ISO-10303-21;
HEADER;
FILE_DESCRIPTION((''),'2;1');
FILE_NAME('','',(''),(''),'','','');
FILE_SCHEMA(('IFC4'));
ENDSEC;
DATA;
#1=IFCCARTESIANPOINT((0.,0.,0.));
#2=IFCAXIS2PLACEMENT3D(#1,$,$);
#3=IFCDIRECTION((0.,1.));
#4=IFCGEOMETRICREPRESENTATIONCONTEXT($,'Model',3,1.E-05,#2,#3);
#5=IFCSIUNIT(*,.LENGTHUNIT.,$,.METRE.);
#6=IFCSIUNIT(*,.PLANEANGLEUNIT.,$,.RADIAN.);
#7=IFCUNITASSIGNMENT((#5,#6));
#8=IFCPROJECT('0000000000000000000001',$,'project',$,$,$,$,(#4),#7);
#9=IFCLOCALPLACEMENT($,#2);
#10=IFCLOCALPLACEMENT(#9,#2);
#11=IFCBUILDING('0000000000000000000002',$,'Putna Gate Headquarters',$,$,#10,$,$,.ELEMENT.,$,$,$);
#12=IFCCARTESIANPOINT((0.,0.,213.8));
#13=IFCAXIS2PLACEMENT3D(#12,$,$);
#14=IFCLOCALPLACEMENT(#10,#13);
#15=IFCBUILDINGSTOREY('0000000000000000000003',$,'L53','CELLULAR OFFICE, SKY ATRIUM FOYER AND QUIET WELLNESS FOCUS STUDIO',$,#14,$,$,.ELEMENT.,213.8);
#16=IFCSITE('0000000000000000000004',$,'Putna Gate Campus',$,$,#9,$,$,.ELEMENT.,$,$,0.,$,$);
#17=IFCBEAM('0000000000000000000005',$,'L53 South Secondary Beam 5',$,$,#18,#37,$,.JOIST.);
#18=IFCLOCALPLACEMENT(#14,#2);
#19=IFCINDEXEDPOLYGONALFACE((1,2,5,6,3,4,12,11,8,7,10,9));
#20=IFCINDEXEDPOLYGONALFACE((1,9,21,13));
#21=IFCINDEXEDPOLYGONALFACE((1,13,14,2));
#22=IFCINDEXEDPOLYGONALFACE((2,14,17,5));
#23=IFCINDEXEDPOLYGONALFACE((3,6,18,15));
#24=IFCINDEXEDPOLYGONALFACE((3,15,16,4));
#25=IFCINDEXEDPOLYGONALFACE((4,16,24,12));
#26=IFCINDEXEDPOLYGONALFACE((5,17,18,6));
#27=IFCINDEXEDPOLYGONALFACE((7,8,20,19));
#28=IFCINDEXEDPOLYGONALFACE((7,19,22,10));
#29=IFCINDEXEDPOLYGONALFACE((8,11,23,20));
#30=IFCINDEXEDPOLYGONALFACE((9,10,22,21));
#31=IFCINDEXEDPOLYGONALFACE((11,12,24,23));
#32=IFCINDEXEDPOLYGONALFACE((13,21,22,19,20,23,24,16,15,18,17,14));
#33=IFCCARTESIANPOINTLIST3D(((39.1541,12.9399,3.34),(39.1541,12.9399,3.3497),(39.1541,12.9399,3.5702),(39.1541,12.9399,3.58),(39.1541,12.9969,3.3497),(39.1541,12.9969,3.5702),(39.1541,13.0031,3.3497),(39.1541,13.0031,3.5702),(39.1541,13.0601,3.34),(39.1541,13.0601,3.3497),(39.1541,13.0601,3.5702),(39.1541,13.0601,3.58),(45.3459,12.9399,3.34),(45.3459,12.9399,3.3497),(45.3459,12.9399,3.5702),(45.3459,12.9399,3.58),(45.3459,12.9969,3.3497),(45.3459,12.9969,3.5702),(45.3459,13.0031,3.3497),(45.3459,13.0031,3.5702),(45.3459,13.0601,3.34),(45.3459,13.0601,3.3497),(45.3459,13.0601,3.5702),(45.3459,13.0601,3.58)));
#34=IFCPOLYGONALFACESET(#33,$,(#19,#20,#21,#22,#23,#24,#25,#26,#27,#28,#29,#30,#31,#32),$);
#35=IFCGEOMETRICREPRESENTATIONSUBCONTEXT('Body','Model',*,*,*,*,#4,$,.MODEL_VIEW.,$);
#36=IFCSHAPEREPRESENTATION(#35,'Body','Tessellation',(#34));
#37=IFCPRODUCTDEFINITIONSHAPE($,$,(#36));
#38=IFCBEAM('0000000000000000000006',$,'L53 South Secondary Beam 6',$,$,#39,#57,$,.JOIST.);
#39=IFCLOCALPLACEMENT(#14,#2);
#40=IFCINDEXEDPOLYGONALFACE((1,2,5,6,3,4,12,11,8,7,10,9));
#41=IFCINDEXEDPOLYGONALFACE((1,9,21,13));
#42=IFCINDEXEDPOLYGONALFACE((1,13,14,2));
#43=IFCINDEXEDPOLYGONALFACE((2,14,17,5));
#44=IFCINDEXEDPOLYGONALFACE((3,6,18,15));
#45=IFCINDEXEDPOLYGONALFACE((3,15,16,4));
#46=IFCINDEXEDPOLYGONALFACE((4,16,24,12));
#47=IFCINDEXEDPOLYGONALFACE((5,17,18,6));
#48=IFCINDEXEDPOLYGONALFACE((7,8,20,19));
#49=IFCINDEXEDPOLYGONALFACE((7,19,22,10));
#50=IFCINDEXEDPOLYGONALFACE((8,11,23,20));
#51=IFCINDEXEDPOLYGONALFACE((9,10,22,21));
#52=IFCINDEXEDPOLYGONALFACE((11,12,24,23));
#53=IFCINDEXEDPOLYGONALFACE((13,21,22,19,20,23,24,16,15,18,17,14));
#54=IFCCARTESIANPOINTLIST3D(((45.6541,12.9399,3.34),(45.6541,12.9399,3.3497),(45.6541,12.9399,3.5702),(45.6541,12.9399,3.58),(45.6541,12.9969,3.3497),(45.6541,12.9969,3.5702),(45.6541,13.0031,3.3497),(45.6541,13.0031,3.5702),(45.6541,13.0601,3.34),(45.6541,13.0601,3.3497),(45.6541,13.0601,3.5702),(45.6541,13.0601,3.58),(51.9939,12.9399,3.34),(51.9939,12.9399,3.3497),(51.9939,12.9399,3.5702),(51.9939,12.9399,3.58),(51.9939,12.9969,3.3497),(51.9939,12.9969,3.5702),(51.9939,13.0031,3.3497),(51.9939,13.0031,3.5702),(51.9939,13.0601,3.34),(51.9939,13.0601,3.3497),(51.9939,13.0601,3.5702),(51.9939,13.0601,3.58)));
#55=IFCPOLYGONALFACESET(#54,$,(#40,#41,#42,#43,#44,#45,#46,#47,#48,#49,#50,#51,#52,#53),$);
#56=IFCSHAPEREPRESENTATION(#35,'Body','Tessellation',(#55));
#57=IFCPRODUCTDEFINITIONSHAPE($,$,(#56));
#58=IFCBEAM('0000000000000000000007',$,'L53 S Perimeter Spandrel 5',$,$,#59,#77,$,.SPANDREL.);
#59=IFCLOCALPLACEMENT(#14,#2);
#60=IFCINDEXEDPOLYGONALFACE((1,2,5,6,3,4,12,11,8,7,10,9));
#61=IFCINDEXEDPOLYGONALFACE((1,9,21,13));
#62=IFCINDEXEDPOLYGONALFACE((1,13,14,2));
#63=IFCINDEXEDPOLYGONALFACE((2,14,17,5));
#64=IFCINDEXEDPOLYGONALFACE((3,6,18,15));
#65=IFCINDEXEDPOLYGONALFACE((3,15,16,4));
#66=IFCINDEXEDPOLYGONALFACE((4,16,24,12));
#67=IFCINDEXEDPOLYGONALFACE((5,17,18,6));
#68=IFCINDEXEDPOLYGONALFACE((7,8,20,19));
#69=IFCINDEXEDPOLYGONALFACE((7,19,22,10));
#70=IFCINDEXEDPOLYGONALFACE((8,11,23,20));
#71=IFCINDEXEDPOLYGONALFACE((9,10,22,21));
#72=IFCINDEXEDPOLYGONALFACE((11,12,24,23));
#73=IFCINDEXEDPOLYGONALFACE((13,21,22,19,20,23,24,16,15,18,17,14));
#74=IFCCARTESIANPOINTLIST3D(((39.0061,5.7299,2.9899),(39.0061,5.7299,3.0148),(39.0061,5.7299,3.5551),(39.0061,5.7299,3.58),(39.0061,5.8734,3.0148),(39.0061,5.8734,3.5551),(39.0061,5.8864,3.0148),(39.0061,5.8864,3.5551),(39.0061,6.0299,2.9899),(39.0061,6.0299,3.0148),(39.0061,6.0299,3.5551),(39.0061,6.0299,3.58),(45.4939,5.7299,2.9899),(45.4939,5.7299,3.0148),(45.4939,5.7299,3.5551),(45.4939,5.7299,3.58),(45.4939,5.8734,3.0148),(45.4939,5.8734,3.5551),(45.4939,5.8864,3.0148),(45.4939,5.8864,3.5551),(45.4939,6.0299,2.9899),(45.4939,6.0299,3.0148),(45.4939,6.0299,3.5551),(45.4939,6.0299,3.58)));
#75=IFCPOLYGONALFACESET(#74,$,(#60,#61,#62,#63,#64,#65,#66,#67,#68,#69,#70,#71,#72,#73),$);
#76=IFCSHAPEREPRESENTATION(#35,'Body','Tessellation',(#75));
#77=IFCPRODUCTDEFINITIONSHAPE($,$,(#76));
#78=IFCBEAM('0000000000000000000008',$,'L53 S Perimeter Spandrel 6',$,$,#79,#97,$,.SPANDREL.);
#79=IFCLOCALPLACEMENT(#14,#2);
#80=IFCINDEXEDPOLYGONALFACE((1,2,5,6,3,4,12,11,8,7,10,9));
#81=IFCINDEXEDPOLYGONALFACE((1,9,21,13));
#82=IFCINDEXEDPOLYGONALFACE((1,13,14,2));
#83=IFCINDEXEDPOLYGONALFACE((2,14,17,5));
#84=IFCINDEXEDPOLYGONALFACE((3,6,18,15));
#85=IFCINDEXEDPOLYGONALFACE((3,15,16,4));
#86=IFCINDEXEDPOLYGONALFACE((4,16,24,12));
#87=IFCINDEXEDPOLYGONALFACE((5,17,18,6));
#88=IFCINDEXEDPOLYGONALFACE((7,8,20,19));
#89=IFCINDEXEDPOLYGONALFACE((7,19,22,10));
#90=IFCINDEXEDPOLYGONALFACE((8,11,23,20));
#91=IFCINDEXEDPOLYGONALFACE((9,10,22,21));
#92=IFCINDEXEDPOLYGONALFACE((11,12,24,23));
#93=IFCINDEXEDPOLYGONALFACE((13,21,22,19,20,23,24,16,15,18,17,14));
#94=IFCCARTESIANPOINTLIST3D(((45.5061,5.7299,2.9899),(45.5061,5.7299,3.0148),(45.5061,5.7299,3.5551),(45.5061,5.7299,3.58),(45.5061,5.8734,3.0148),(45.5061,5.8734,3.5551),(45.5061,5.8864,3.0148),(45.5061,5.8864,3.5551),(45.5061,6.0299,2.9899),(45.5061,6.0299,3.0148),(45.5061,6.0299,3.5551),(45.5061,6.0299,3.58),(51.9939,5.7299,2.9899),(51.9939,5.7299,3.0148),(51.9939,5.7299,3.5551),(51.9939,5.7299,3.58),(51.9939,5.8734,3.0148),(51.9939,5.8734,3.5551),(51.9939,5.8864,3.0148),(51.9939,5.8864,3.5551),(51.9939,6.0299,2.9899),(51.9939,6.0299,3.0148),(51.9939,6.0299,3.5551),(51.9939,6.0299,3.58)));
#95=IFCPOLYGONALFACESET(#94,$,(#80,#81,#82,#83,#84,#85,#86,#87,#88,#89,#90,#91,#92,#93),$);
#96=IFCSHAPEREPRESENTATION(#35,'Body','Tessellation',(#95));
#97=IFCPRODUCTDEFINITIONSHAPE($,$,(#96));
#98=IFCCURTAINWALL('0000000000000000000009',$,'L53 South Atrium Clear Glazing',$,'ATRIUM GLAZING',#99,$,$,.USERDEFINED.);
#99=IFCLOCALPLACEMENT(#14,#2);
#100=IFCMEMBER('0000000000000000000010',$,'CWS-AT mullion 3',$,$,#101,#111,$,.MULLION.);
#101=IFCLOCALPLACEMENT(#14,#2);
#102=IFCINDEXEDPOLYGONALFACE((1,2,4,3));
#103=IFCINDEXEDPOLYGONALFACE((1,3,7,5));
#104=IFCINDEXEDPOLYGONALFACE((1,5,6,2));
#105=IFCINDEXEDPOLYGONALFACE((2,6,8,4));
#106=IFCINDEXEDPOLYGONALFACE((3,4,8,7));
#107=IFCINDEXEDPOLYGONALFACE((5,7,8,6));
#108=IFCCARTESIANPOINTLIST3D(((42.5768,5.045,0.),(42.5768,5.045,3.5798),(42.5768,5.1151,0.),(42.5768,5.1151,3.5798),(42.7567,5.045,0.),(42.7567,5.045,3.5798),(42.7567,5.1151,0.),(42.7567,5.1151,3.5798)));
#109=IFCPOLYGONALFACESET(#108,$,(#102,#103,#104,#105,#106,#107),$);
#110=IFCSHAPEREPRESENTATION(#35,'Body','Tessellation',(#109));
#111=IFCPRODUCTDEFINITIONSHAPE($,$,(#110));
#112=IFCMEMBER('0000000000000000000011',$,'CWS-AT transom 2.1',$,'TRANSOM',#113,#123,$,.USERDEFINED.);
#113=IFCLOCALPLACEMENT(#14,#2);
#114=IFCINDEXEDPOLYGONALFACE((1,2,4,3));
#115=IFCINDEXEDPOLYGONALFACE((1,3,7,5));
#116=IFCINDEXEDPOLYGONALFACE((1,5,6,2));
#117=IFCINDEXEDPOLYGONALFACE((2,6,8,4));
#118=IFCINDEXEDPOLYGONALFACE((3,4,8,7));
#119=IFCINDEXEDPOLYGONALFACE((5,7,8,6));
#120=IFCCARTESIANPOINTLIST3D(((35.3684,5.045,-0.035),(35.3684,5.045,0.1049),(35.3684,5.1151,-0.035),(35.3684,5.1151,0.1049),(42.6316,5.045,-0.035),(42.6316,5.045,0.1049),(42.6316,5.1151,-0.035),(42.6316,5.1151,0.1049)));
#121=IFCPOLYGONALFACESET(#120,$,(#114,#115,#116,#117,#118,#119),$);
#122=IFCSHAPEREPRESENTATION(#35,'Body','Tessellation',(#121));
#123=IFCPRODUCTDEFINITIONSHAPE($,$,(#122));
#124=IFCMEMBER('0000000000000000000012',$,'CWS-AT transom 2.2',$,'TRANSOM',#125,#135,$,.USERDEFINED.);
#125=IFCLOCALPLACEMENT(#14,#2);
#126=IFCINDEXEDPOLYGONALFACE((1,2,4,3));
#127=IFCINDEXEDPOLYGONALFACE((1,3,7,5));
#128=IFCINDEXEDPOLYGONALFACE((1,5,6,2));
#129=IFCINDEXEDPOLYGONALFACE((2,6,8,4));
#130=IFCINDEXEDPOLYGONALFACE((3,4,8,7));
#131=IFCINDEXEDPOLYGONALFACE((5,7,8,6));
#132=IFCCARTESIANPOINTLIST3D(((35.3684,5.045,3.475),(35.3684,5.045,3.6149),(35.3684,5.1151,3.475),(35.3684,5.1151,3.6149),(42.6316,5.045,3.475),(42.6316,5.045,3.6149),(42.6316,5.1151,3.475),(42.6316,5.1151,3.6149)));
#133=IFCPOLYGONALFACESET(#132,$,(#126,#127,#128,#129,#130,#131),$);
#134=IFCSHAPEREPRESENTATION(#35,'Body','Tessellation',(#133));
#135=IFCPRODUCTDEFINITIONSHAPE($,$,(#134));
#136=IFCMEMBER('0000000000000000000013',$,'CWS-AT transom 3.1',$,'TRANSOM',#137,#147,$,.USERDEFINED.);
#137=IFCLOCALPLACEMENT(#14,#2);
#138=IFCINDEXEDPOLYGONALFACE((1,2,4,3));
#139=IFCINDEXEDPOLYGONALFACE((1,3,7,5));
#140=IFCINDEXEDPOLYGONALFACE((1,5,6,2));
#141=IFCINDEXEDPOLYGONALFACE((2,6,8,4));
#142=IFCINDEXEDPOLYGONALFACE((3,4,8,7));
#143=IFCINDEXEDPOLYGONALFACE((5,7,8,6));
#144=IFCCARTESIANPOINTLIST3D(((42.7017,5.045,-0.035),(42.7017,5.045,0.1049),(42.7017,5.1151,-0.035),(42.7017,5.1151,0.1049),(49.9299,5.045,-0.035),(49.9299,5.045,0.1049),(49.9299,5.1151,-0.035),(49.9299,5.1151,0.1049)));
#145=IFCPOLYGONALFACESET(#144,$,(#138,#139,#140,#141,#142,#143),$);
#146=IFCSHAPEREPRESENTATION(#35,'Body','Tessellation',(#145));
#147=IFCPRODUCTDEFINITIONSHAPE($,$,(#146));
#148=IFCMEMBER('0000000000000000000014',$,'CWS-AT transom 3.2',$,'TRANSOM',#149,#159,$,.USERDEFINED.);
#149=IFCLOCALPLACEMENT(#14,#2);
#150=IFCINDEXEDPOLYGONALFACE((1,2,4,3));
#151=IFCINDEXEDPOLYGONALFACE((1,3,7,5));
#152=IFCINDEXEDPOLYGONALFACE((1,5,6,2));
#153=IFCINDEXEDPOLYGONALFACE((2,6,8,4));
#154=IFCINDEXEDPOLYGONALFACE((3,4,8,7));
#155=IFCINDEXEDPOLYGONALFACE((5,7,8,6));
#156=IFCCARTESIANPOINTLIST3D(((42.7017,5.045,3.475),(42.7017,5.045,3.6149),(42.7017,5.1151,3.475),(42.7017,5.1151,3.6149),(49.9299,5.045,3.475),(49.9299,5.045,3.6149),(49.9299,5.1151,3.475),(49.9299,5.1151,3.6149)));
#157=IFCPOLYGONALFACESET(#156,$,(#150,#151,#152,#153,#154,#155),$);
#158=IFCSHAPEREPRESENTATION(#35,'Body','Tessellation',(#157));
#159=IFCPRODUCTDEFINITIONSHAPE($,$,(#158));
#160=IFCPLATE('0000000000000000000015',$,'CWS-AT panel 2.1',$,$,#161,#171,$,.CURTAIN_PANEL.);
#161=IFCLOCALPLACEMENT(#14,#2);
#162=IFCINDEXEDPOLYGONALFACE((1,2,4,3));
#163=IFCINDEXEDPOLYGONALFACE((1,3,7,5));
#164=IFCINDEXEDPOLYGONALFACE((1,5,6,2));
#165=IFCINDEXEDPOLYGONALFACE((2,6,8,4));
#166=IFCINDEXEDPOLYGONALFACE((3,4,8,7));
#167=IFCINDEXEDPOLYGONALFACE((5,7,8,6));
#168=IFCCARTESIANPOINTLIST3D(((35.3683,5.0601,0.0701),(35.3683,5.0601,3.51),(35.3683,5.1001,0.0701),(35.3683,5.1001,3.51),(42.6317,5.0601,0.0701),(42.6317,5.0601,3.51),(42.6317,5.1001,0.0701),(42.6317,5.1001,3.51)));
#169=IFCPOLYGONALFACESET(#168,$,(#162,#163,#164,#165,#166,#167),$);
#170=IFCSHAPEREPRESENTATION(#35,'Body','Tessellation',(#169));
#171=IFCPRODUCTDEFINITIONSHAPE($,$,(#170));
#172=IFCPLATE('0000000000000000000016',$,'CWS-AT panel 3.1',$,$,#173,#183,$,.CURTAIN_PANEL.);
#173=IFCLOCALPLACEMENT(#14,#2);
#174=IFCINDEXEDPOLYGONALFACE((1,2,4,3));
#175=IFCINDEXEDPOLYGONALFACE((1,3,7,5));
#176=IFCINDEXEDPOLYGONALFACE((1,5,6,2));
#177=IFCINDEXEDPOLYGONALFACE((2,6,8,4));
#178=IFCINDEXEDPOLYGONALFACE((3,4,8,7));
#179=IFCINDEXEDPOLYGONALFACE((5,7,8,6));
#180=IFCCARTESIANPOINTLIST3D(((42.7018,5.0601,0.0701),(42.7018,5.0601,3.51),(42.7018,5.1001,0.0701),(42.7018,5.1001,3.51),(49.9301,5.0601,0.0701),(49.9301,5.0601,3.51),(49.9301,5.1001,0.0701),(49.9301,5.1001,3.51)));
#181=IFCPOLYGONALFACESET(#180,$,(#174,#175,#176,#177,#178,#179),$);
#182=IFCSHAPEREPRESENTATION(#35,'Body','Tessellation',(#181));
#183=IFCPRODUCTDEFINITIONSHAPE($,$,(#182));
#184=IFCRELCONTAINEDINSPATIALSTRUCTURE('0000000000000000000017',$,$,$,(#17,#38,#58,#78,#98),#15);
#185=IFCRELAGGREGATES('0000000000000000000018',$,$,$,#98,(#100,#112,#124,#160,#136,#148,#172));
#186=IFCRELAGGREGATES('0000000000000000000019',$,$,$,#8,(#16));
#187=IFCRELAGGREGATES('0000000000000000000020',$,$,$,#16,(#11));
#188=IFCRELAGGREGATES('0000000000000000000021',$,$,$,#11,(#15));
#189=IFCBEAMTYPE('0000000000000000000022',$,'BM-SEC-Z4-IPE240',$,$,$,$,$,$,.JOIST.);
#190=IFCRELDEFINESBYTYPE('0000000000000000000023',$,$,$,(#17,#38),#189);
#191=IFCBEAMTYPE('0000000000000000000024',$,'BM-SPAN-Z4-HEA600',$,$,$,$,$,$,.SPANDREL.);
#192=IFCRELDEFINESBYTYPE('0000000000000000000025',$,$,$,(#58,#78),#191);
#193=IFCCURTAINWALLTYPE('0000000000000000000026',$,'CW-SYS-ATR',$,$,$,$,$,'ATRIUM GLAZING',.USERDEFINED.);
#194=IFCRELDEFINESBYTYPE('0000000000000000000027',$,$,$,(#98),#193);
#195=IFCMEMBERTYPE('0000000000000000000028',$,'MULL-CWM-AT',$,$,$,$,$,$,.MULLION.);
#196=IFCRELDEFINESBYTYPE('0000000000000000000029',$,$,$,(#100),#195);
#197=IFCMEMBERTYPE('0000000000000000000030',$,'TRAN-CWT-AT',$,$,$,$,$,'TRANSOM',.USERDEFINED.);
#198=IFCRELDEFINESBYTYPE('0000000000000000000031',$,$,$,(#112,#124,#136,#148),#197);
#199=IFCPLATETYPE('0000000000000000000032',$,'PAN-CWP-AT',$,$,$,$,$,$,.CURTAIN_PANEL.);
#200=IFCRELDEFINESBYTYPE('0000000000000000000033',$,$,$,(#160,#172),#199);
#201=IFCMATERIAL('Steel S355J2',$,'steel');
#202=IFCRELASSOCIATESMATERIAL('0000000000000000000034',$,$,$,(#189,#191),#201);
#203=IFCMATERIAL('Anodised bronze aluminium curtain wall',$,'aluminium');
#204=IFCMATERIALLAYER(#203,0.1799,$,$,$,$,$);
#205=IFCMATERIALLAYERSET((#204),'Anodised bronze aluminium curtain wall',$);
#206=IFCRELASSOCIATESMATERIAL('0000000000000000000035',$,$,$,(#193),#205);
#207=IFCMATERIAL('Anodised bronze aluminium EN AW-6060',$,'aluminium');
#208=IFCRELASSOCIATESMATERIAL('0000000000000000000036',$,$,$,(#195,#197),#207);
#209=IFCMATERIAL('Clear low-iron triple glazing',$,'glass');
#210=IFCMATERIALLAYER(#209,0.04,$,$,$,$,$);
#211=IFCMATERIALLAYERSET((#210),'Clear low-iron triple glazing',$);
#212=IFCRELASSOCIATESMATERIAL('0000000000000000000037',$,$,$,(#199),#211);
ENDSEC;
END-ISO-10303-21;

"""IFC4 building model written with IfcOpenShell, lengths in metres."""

from ifc_helpers import new_model, si_unit, direction, frame, origin, origin_2d, place, context, subcontext, project, spatial, rectangle, i_section, extrude, material, layer, layer_set, material_profile, profile_set, type_object, element, aggregate, save


model = new_model("IFC4")

# Units and contexts
model_context = context("Model", 3, precision=1e-05, world=origin(), true_north=direction((0.0, 1.0)))
body_context = subcontext(model_context, "Body", "Model", "MODEL_VIEW")
ifc_project = project(units=[si_unit("LENGTHUNIT", "METRE"), si_unit("PLANEANGLEUNIT", "RADIAN")], contexts=[model_context])

# Site, building, storey
site_placement = place(None, origin())
site = spatial("IfcSite", under=ifc_project, at=site_placement, Name="Putna Gate Campus", CompositionType="ELEMENT", RefElevation=0.0)
building_placement = place(site_placement, origin())
building = spatial("IfcBuilding", under=site, at=building_placement, Name="Putna Gate Headquarters", CompositionType="ELEMENT")
storey_placement = place(building_placement, frame((0.0, 0.0, 213.8)))
storey = spatial("IfcBuildingStorey", under=building, at=storey_placement, Name="L53", Description="CELLULAR OFFICE, SKY ATRIUM FOYER AND QUIET WELLNESS FOCUS STUDIO", CompositionType="ELEMENT", Elevation=213.8)

# Beams
ifc_material_1 = material(Name="Steel S355J2", Category="steel")
ifc_material_profile_1 = material_profile(ifc_material_1, i_section(OverallWidth=0.1201, OverallDepth=0.24, WebThickness=0.0061, FlangeThickness=0.0098, at=origin_2d()), Name="Steel S355J2")
ifc_profile_set_1 = profile_set([ifc_material_profile_1], Name="Steel S355J2")
beam_type_1 = type_object("IfcBeamType", Name="BM-SEC-Z4-IPE240", PredefinedType="JOIST", material=ifc_profile_set_1)
beam_1_placement = place(storey_placement, frame((39.1541, 13.0, 3.46), z_axis=(1.0, 0.0, 0.0), x_axis=(0.0, 1.0, 0.0)))
element("IfcBeam", 1, at=beam_1_placement, inside=storey, type_object=beam_type_1, Name="L53 South Secondary Beam 5", PredefinedType="JOIST", context=body_context, shape_type="SweptSolid", body=[
    extrude(i_section(OverallWidth=0.1201, OverallDepth=0.24, WebThickness=0.0061, FlangeThickness=0.0098, at=origin_2d()), origin(), (0.0, 0.0, 1.0), 6.1919),
])
beam_2_placement = place(storey_placement, frame((45.6541, 13.0, 3.46), z_axis=(1.0, 0.0, 0.0), x_axis=(0.0, 1.0, 0.0)))
element("IfcBeam", 2, at=beam_2_placement, inside=storey, type_object=beam_type_1, Name="L53 South Secondary Beam 6", PredefinedType="JOIST", context=body_context, shape_type="SweptSolid", body=[
    extrude(i_section(OverallWidth=0.1201, OverallDepth=0.24, WebThickness=0.0061, FlangeThickness=0.0098, at=origin_2d()), origin(), (0.0, 0.0, 1.0), 6.3398),
])
ifc_material_profile_2 = material_profile(ifc_material_1, i_section(OverallWidth=0.3, OverallDepth=0.5901, WebThickness=0.0129, FlangeThickness=0.0249, at=origin_2d()), Name="Steel S355J2")
ifc_profile_set_2 = profile_set([ifc_material_profile_2], Name="Steel S355J2")
beam_type_2 = type_object("IfcBeamType", Name="BM-SPAN-Z4-HEA600", PredefinedType="SPANDREL", material=ifc_profile_set_2)
for number, where, z_axis, x_axis, name in (
    (3, (39.0061, 5.8799, 3.2849), (1.0, 0.0, 0.0), (0.0, 1.0, 0.0), "L53 S Perimeter Spandrel 5"),
    (4, (45.5061, 5.8799, 3.2849), (1.0, 0.0, 0.0), (0.0, 1.0, 0.0), "L53 S Perimeter Spandrel 6"),
):
    element("IfcBeam", number, at=place(storey_placement, frame(where, z_axis=z_axis, x_axis=x_axis)), inside=storey, type_object=beam_type_2, Name=name, PredefinedType="SPANDREL", context=body_context, shape_type="SweptSolid", body=[
        extrude(i_section(OverallWidth=0.3, OverallDepth=0.5901, WebThickness=0.0129, FlangeThickness=0.0249, at=origin_2d()), origin(), (0.0, 0.0, 1.0), 6.4878),
    ])

# Curtain wall, members, plates
ifc_material_2 = material(Name="Anodised bronze aluminium curtain wall", Category="aluminium")
ifc_layer_1 = layer(ifc_material_2, 0.1799)
ifc_layer_set_1 = layer_set([ifc_layer_1], Name="Anodised bronze aluminium curtain wall")
curtain_wall_type = type_object("IfcCurtainWallType", Name="CW-SYS-ATR", ElementType="ATRIUM GLAZING", PredefinedType="USERDEFINED", material=ifc_layer_set_1)
curtain_wall_placement = place(storey_placement, origin())
curtain_wall = element("IfcCurtainWall", 5, at=curtain_wall_placement, inside=storey, type_object=curtain_wall_type, Name="L53 South Atrium Clear Glazing", ObjectType="ATRIUM GLAZING", PredefinedType="USERDEFINED")
ifc_material_3 = material(Name="Anodised bronze aluminium EN AW-6060", Category="aluminium")
ifc_material_profile_3 = material_profile(ifc_material_3, rectangle(XDim=0.0701, YDim=0.1799, at=origin_2d()), Name="Anodised bronze aluminium EN AW-6060")
ifc_profile_set_3 = profile_set([ifc_material_profile_3], Name="Anodised bronze aluminium EN AW-6060")
member_type_1 = type_object("IfcMemberType", Name="MULL-CWM-AT", PredefinedType="MULLION", material=ifc_profile_set_3)
member_1_placement = place(storey_placement, frame((42.6667, 5.0801, 0.0), z_axis=(0.0, 0.0, 1.0), x_axis=(0.0, 1.0, 0.0)))
member_1 = element("IfcMember", 6, at=member_1_placement, type_object=member_type_1, Name="CWS-AT mullion 3", PredefinedType="MULLION", context=body_context, shape_type="SweptSolid", body=[
    extrude(rectangle(XDim=0.0701, YDim=0.1799, at=origin_2d()), origin(), (0.0, 0.0, 1.0), 3.5798),
])
ifc_material_profile_4 = material_profile(ifc_material_3, rectangle(XDim=0.0701, YDim=0.1399, at=origin_2d()), Name="Anodised bronze aluminium EN AW-6060")
ifc_profile_set_4 = profile_set([ifc_material_profile_4], Name="Anodised bronze aluminium EN AW-6060")
member_type_2 = type_object("IfcMemberType", Name="TRAN-CWT-AT", ElementType="TRANSOM", PredefinedType="USERDEFINED", material=ifc_profile_set_4)
member_2_placement = place(storey_placement, frame((35.3684, 5.0801, 0.0349), z_axis=(1.0, 0.0, 0.0), x_axis=(0.0, 1.0, 0.0)))
member_2 = element("IfcMember", 7, at=member_2_placement, type_object=member_type_2, Name="CWS-AT transom 2.1", ObjectType="TRANSOM", PredefinedType="USERDEFINED", context=body_context, shape_type="SweptSolid", body=[
    extrude(rectangle(XDim=0.0701, YDim=0.1399, at=origin_2d()), origin(), (0.0, 0.0, 1.0), 7.2632),
])
member_3_placement = place(storey_placement, frame((35.3684, 5.0801, 3.5449), z_axis=(1.0, 0.0, 0.0), x_axis=(0.0, 1.0, 0.0)))
member_3 = element("IfcMember", 8, at=member_3_placement, type_object=member_type_2, Name="CWS-AT transom 2.2", ObjectType="TRANSOM", PredefinedType="USERDEFINED", context=body_context, shape_type="SweptSolid", body=[
    extrude(rectangle(XDim=0.0701, YDim=0.1399, at=origin_2d()), origin(), (0.0, 0.0, 1.0), 7.2632),
])
member_4_placement = place(storey_placement, frame((42.7017, 5.0801, 0.0349), z_axis=(1.0, 0.0, 0.0), x_axis=(0.0, 1.0, 0.0)))
member_4 = element("IfcMember", 9, at=member_4_placement, type_object=member_type_2, Name="CWS-AT transom 3.1", ObjectType="TRANSOM", PredefinedType="USERDEFINED", context=body_context, shape_type="SweptSolid", body=[
    extrude(rectangle(XDim=0.0701, YDim=0.1399, at=origin_2d()), origin(), (0.0, 0.0, 1.0), 7.2283),
])
member_5_placement = place(storey_placement, frame((42.7017, 5.0801, 3.5449), z_axis=(1.0, 0.0, 0.0), x_axis=(0.0, 1.0, 0.0)))
member_5 = element("IfcMember", 10, at=member_5_placement, type_object=member_type_2, Name="CWS-AT transom 3.2", ObjectType="TRANSOM", PredefinedType="USERDEFINED", context=body_context, shape_type="SweptSolid", body=[
    extrude(rectangle(XDim=0.0701, YDim=0.1399, at=origin_2d()), origin(), (0.0, 0.0, 1.0), 7.2283),
])
ifc_material_4 = material(Name="Clear low-iron triple glazing", Category="glass")
ifc_layer_2 = layer(ifc_material_4, 0.04)
ifc_layer_set_2 = layer_set([ifc_layer_2], Name="Clear low-iron triple glazing")
plate_type = type_object("IfcPlateType", Name="PAN-CWP-AT", PredefinedType="CURTAIN_PANEL", material=ifc_layer_set_2)
plate_1_placement = place(storey_placement, frame((39.0, 5.0801, 0.0701), z_axis=(0.0, 0.0, 1.0), x_axis=(1.0, 0.0, 0.0)))
plate_1 = element("IfcPlate", 11, at=plate_1_placement, type_object=plate_type, Name="CWS-AT panel 2.1", PredefinedType="CURTAIN_PANEL", context=body_context, shape_type="SweptSolid", body=[
    extrude(rectangle(XDim=7.2634, YDim=0.04, at=origin_2d()), origin(), (0.0, 0.0, 1.0), 3.4399),
])
plate_2_placement = place(storey_placement, frame((46.3159, 5.0801, 0.0701), z_axis=(0.0, 0.0, 1.0), x_axis=(1.0, 0.0, 0.0)))
plate_2 = element("IfcPlate", 12, at=plate_2_placement, type_object=plate_type, Name="CWS-AT panel 3.1", PredefinedType="CURTAIN_PANEL", context=body_context, shape_type="SweptSolid", body=[
    extrude(rectangle(XDim=7.2283, YDim=0.04, at=origin_2d()), origin(), (0.0, 0.0, 1.0), 3.4399),
])
aggregate(curtain_wall, [member_1, member_2, member_3, plate_1, member_4, member_5, plate_2])

save(model, "model.ifc")
